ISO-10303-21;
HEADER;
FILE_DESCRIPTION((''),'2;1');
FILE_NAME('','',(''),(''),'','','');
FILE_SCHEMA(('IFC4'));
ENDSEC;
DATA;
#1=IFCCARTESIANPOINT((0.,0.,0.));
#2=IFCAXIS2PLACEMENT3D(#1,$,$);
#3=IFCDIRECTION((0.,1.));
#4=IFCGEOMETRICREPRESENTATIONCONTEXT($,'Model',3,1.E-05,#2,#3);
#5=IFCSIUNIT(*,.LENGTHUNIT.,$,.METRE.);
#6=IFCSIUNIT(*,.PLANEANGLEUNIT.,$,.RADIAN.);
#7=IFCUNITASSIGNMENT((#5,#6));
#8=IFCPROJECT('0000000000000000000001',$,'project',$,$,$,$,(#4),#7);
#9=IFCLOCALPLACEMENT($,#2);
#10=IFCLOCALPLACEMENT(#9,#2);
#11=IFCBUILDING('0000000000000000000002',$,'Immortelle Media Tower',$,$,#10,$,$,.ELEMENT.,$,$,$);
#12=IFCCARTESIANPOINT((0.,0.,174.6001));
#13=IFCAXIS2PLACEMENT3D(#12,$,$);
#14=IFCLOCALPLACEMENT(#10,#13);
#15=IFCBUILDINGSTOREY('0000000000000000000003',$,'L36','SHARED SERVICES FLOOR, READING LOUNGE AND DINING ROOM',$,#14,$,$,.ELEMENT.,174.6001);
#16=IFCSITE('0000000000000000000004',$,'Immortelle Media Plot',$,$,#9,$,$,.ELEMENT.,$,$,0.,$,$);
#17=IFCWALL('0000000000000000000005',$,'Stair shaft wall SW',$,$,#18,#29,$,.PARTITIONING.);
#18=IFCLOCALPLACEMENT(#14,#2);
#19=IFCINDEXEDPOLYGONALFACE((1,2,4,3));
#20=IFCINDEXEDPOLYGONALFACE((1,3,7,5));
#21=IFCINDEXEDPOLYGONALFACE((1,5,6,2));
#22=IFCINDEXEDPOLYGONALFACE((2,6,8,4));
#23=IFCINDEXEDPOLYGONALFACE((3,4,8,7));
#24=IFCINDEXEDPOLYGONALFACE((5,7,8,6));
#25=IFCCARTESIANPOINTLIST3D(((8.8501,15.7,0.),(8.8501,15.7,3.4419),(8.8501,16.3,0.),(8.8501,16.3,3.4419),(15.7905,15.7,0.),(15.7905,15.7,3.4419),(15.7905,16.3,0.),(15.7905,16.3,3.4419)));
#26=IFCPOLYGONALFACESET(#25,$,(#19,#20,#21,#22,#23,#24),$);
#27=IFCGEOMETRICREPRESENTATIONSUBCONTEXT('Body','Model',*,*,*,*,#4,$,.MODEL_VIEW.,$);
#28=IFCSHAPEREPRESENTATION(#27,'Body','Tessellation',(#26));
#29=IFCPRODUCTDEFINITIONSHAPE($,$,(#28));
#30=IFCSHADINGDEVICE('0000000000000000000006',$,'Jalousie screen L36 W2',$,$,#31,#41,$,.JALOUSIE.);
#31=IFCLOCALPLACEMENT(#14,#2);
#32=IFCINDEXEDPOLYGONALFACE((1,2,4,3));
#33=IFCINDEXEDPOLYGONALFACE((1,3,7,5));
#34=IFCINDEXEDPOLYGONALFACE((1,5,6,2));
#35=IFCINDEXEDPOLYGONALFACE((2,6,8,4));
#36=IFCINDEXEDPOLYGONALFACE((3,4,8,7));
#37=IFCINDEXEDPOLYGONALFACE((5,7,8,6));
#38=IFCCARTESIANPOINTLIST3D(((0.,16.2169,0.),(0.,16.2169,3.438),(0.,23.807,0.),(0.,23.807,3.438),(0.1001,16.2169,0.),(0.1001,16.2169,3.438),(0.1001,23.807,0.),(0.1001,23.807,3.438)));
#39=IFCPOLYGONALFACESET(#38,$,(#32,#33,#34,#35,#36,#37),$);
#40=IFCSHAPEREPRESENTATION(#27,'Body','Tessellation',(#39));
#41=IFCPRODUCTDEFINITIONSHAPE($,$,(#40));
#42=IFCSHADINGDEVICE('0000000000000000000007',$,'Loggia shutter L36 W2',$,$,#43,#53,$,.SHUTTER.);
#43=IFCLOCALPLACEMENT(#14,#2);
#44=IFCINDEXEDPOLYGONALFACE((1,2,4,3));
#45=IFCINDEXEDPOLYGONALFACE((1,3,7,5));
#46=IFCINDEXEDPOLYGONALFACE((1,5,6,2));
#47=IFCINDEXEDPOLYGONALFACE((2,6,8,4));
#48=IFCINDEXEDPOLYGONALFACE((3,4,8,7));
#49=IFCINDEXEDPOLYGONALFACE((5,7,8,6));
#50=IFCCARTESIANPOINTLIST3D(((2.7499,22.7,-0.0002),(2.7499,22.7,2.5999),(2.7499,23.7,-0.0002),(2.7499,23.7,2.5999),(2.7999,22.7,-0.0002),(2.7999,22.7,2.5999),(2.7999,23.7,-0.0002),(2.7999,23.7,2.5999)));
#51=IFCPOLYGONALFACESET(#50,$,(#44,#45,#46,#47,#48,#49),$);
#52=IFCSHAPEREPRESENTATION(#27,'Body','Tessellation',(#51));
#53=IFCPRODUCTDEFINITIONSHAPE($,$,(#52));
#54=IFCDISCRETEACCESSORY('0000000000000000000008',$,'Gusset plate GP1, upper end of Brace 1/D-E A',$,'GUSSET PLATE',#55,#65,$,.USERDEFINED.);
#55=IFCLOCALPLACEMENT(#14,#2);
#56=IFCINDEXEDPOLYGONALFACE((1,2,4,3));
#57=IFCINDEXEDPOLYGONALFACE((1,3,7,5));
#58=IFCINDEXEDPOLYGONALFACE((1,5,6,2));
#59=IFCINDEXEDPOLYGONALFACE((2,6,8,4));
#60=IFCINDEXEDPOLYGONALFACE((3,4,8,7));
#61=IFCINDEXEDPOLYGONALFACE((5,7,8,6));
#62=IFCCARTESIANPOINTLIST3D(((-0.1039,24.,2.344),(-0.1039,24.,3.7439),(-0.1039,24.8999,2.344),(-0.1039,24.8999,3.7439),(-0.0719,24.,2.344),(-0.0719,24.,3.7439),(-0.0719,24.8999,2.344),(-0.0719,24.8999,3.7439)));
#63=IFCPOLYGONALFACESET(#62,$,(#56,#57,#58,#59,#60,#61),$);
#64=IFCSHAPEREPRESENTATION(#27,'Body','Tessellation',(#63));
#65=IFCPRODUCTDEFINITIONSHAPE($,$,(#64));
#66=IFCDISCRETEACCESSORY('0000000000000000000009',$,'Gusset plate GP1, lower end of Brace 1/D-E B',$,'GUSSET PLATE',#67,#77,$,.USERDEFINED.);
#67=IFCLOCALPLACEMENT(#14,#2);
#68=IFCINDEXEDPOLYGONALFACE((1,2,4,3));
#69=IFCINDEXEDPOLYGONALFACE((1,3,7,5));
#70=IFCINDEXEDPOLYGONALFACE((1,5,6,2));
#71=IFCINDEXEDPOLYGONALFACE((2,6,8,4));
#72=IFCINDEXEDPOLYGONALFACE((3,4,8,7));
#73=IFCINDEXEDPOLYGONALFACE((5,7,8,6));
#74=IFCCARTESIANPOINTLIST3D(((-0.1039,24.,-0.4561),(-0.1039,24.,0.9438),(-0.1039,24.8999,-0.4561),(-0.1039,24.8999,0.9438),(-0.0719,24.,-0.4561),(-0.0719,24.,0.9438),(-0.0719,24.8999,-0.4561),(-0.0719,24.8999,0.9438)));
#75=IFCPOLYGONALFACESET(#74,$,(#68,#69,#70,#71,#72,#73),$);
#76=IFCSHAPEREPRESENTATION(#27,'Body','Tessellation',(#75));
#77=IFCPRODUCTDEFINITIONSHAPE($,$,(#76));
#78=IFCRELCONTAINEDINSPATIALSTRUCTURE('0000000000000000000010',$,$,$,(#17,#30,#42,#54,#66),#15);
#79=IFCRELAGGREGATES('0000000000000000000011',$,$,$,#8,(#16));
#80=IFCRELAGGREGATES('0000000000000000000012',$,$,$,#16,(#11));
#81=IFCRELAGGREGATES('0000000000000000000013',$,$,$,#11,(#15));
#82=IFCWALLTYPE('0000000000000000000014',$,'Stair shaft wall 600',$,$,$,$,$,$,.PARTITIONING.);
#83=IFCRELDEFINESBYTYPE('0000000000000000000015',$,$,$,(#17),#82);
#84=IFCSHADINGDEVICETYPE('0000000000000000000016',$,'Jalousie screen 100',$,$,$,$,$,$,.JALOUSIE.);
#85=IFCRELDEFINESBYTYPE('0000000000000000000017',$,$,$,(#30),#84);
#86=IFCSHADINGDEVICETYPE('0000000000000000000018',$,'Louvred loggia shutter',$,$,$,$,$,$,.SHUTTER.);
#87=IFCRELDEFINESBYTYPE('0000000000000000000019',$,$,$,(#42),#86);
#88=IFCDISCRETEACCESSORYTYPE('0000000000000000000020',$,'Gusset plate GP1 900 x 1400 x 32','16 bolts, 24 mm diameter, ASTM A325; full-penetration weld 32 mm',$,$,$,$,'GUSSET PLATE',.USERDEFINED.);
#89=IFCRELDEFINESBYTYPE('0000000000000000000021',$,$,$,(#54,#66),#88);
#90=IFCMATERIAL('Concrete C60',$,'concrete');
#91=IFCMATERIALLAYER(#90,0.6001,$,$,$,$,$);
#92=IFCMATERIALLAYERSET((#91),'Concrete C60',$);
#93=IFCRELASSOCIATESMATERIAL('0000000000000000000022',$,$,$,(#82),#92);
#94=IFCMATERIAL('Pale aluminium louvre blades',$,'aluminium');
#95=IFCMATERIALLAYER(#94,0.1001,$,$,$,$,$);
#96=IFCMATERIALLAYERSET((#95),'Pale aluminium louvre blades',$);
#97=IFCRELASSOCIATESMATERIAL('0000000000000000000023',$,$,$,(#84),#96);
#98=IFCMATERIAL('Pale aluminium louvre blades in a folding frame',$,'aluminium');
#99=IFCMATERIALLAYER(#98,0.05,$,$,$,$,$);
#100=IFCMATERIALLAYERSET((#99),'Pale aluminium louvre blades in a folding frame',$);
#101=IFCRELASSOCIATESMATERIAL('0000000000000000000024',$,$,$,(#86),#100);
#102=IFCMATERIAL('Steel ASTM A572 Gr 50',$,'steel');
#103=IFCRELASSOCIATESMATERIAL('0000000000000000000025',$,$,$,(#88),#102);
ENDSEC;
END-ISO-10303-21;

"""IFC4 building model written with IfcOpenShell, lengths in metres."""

from ifc_helpers import new_model, si_unit, direction, frame, frame_2d, origin, origin_2d, place, context, subcontext, project, spatial, rectangle, extrude, material, layer, layer_set, material_profile, profile_set, type_object, element, save


model = new_model("IFC4")

# Units and contexts
model_context = context("Model", 3, precision=1e-05, world=origin(), true_north=direction((0.0, 1.0)))
body_context = subcontext(model_context, "Body", "Model", "MODEL_VIEW")
ifc_project = project(units=[si_unit("LENGTHUNIT", "METRE"), si_unit("PLANEANGLEUNIT", "RADIAN")], contexts=[model_context])

# Site, building, storey
site_placement = place(None, origin())
site = spatial("IfcSite", under=ifc_project, at=site_placement, Name="Immortelle Media Plot", CompositionType="ELEMENT", RefElevation=0.0)
building_placement = place(site_placement, origin())
building = spatial("IfcBuilding", under=site, at=building_placement, Name="Immortelle Media Tower", CompositionType="ELEMENT")
storey_placement = place(building_placement, frame((0.0, 0.0, 174.6001)))
storey = spatial("IfcBuildingStorey", under=building, at=storey_placement, Name="L36", Description="SHARED SERVICES FLOOR, READING LOUNGE AND DINING ROOM", CompositionType="ELEMENT", Elevation=174.6001)

# Wall
ifc_material_1 = material(Name="Concrete C60", Category="concrete")
ifc_layer_1 = layer(ifc_material_1, 0.6001)
ifc_layer_set_1 = layer_set([ifc_layer_1], Name="Concrete C60")
wall_type_1 = type_object("IfcWallType", Name="Stair shaft wall 600", PredefinedType="PARTITIONING", material=ifc_layer_set_1)
wall_1_placement = place(storey_placement, frame((8.8501, 16.0, 0.0), z_axis=(0.0, 0.0, 1.0), x_axis=(1.0, 0.0, 0.0)))
element("IfcWall", 1, at=wall_1_placement, inside=storey, type_object=wall_type_1, Name="Stair shaft wall SW", PredefinedType="PARTITIONING", context=body_context, shape_type="SweptSolid", body=[
    extrude(rectangle(XDim=6.9404, YDim=0.6001, at=frame_2d((3.4702, 0.0))), origin(), (0.0, 0.0, 1.0), 3.4419),
])

# Shading devices
ifc_material_2 = material(Name="Pale aluminium louvre blades", Category="aluminium")
ifc_layer_2 = layer(ifc_material_2, 0.1001)
ifc_layer_set_2 = layer_set([ifc_layer_2], Name="Pale aluminium louvre blades")
shading_device_type_1 = type_object("IfcShadingDeviceType", Name="Jalousie screen 100", PredefinedType="JALOUSIE", material=ifc_layer_set_2)
shading_device_1_placement = place(storey_placement, frame((0.05, 20.012, 0.0), z_axis=(0.0, 0.0, 1.0), x_axis=(0.0, -1.0, 0.0)))
element("IfcShadingDevice", 2, at=shading_device_1_placement, inside=storey, type_object=shading_device_type_1, Name="Jalousie screen L36 W2", PredefinedType="JALOUSIE", context=body_context, shape_type="SweptSolid", body=[
    extrude(rectangle(XDim=7.5901, YDim=0.1001, at=origin_2d()), origin(), (0.0, 0.0, 1.0), 3.438),
])
ifc_material_3 = material(Name="Pale aluminium louvre blades in a folding frame", Category="aluminium")
ifc_layer_3 = layer(ifc_material_3, 0.05)
ifc_layer_set_3 = layer_set([ifc_layer_3], Name="Pale aluminium louvre blades in a folding frame")
shading_device_type_2 = type_object("IfcShadingDeviceType", Name="Louvred loggia shutter", PredefinedType="SHUTTER", material=ifc_layer_set_3)
shading_device_2_placement = place(storey_placement, frame((2.7749, 23.2, -0.0002), z_axis=(0.0, 0.0, 1.0), x_axis=(0.0, -1.0, 0.0)))
element("IfcShadingDevice", 3, at=shading_device_2_placement, inside=storey, type_object=shading_device_type_2, Name="Loggia shutter L36 W2", PredefinedType="SHUTTER", context=body_context, shape_type="SweptSolid", body=[
    extrude(rectangle(XDim=1.0, YDim=0.05, at=origin_2d()), origin(), (0.0, 0.0, 1.0), 2.6001),
])

# Discrete accessories
ifc_material_4 = material(Name="Steel ASTM A572 Gr 50", Category="steel")
ifc_material_profile_1 = material_profile(ifc_material_4, rectangle(XDim=0.032, YDim=1.3999, at=origin_2d()), Name="PL 32 x 1400")
ifc_profile_set_1 = profile_set([ifc_material_profile_1], Name="Steel ASTM A572 Gr 50")
discrete_accessory_type = type_object("IfcDiscreteAccessoryType", Name="Gusset plate GP1 900 x 1400 x 32", Description="16 bolts, 24 mm diameter, ASTM A325; full-penetration weld 32 mm", ElementType="GUSSET PLATE", PredefinedType="USERDEFINED", material=ifc_profile_set_1)
for number, where, z_axis, x_axis, name in (
    (4, (-0.0879, 24.0, 3.0439), (0.0, 1.0, 0.0), (-1.0, 0.0, 0.0), "Gusset plate GP1, upper end of Brace 1/D-E A"),
    (5, (-0.0879, 24.0, 0.2439), (0.0, 1.0, 0.0), (-1.0, 0.0, 0.0), "Gusset plate GP1, lower end of Brace 1/D-E B"),
):
    element("IfcDiscreteAccessory", number, at=place(storey_placement, frame(where, z_axis=z_axis, x_axis=x_axis)), inside=storey, type_object=discrete_accessory_type, Name=name, ObjectType="GUSSET PLATE", PredefinedType="USERDEFINED", context=body_context, shape_type="SweptSolid", body=[
        extrude(rectangle(XDim=0.032, YDim=1.3999, at=origin_2d()), origin(), (0.0, 0.0, 1.0), 0.8999),
    ])

save(model, "model.ifc")
